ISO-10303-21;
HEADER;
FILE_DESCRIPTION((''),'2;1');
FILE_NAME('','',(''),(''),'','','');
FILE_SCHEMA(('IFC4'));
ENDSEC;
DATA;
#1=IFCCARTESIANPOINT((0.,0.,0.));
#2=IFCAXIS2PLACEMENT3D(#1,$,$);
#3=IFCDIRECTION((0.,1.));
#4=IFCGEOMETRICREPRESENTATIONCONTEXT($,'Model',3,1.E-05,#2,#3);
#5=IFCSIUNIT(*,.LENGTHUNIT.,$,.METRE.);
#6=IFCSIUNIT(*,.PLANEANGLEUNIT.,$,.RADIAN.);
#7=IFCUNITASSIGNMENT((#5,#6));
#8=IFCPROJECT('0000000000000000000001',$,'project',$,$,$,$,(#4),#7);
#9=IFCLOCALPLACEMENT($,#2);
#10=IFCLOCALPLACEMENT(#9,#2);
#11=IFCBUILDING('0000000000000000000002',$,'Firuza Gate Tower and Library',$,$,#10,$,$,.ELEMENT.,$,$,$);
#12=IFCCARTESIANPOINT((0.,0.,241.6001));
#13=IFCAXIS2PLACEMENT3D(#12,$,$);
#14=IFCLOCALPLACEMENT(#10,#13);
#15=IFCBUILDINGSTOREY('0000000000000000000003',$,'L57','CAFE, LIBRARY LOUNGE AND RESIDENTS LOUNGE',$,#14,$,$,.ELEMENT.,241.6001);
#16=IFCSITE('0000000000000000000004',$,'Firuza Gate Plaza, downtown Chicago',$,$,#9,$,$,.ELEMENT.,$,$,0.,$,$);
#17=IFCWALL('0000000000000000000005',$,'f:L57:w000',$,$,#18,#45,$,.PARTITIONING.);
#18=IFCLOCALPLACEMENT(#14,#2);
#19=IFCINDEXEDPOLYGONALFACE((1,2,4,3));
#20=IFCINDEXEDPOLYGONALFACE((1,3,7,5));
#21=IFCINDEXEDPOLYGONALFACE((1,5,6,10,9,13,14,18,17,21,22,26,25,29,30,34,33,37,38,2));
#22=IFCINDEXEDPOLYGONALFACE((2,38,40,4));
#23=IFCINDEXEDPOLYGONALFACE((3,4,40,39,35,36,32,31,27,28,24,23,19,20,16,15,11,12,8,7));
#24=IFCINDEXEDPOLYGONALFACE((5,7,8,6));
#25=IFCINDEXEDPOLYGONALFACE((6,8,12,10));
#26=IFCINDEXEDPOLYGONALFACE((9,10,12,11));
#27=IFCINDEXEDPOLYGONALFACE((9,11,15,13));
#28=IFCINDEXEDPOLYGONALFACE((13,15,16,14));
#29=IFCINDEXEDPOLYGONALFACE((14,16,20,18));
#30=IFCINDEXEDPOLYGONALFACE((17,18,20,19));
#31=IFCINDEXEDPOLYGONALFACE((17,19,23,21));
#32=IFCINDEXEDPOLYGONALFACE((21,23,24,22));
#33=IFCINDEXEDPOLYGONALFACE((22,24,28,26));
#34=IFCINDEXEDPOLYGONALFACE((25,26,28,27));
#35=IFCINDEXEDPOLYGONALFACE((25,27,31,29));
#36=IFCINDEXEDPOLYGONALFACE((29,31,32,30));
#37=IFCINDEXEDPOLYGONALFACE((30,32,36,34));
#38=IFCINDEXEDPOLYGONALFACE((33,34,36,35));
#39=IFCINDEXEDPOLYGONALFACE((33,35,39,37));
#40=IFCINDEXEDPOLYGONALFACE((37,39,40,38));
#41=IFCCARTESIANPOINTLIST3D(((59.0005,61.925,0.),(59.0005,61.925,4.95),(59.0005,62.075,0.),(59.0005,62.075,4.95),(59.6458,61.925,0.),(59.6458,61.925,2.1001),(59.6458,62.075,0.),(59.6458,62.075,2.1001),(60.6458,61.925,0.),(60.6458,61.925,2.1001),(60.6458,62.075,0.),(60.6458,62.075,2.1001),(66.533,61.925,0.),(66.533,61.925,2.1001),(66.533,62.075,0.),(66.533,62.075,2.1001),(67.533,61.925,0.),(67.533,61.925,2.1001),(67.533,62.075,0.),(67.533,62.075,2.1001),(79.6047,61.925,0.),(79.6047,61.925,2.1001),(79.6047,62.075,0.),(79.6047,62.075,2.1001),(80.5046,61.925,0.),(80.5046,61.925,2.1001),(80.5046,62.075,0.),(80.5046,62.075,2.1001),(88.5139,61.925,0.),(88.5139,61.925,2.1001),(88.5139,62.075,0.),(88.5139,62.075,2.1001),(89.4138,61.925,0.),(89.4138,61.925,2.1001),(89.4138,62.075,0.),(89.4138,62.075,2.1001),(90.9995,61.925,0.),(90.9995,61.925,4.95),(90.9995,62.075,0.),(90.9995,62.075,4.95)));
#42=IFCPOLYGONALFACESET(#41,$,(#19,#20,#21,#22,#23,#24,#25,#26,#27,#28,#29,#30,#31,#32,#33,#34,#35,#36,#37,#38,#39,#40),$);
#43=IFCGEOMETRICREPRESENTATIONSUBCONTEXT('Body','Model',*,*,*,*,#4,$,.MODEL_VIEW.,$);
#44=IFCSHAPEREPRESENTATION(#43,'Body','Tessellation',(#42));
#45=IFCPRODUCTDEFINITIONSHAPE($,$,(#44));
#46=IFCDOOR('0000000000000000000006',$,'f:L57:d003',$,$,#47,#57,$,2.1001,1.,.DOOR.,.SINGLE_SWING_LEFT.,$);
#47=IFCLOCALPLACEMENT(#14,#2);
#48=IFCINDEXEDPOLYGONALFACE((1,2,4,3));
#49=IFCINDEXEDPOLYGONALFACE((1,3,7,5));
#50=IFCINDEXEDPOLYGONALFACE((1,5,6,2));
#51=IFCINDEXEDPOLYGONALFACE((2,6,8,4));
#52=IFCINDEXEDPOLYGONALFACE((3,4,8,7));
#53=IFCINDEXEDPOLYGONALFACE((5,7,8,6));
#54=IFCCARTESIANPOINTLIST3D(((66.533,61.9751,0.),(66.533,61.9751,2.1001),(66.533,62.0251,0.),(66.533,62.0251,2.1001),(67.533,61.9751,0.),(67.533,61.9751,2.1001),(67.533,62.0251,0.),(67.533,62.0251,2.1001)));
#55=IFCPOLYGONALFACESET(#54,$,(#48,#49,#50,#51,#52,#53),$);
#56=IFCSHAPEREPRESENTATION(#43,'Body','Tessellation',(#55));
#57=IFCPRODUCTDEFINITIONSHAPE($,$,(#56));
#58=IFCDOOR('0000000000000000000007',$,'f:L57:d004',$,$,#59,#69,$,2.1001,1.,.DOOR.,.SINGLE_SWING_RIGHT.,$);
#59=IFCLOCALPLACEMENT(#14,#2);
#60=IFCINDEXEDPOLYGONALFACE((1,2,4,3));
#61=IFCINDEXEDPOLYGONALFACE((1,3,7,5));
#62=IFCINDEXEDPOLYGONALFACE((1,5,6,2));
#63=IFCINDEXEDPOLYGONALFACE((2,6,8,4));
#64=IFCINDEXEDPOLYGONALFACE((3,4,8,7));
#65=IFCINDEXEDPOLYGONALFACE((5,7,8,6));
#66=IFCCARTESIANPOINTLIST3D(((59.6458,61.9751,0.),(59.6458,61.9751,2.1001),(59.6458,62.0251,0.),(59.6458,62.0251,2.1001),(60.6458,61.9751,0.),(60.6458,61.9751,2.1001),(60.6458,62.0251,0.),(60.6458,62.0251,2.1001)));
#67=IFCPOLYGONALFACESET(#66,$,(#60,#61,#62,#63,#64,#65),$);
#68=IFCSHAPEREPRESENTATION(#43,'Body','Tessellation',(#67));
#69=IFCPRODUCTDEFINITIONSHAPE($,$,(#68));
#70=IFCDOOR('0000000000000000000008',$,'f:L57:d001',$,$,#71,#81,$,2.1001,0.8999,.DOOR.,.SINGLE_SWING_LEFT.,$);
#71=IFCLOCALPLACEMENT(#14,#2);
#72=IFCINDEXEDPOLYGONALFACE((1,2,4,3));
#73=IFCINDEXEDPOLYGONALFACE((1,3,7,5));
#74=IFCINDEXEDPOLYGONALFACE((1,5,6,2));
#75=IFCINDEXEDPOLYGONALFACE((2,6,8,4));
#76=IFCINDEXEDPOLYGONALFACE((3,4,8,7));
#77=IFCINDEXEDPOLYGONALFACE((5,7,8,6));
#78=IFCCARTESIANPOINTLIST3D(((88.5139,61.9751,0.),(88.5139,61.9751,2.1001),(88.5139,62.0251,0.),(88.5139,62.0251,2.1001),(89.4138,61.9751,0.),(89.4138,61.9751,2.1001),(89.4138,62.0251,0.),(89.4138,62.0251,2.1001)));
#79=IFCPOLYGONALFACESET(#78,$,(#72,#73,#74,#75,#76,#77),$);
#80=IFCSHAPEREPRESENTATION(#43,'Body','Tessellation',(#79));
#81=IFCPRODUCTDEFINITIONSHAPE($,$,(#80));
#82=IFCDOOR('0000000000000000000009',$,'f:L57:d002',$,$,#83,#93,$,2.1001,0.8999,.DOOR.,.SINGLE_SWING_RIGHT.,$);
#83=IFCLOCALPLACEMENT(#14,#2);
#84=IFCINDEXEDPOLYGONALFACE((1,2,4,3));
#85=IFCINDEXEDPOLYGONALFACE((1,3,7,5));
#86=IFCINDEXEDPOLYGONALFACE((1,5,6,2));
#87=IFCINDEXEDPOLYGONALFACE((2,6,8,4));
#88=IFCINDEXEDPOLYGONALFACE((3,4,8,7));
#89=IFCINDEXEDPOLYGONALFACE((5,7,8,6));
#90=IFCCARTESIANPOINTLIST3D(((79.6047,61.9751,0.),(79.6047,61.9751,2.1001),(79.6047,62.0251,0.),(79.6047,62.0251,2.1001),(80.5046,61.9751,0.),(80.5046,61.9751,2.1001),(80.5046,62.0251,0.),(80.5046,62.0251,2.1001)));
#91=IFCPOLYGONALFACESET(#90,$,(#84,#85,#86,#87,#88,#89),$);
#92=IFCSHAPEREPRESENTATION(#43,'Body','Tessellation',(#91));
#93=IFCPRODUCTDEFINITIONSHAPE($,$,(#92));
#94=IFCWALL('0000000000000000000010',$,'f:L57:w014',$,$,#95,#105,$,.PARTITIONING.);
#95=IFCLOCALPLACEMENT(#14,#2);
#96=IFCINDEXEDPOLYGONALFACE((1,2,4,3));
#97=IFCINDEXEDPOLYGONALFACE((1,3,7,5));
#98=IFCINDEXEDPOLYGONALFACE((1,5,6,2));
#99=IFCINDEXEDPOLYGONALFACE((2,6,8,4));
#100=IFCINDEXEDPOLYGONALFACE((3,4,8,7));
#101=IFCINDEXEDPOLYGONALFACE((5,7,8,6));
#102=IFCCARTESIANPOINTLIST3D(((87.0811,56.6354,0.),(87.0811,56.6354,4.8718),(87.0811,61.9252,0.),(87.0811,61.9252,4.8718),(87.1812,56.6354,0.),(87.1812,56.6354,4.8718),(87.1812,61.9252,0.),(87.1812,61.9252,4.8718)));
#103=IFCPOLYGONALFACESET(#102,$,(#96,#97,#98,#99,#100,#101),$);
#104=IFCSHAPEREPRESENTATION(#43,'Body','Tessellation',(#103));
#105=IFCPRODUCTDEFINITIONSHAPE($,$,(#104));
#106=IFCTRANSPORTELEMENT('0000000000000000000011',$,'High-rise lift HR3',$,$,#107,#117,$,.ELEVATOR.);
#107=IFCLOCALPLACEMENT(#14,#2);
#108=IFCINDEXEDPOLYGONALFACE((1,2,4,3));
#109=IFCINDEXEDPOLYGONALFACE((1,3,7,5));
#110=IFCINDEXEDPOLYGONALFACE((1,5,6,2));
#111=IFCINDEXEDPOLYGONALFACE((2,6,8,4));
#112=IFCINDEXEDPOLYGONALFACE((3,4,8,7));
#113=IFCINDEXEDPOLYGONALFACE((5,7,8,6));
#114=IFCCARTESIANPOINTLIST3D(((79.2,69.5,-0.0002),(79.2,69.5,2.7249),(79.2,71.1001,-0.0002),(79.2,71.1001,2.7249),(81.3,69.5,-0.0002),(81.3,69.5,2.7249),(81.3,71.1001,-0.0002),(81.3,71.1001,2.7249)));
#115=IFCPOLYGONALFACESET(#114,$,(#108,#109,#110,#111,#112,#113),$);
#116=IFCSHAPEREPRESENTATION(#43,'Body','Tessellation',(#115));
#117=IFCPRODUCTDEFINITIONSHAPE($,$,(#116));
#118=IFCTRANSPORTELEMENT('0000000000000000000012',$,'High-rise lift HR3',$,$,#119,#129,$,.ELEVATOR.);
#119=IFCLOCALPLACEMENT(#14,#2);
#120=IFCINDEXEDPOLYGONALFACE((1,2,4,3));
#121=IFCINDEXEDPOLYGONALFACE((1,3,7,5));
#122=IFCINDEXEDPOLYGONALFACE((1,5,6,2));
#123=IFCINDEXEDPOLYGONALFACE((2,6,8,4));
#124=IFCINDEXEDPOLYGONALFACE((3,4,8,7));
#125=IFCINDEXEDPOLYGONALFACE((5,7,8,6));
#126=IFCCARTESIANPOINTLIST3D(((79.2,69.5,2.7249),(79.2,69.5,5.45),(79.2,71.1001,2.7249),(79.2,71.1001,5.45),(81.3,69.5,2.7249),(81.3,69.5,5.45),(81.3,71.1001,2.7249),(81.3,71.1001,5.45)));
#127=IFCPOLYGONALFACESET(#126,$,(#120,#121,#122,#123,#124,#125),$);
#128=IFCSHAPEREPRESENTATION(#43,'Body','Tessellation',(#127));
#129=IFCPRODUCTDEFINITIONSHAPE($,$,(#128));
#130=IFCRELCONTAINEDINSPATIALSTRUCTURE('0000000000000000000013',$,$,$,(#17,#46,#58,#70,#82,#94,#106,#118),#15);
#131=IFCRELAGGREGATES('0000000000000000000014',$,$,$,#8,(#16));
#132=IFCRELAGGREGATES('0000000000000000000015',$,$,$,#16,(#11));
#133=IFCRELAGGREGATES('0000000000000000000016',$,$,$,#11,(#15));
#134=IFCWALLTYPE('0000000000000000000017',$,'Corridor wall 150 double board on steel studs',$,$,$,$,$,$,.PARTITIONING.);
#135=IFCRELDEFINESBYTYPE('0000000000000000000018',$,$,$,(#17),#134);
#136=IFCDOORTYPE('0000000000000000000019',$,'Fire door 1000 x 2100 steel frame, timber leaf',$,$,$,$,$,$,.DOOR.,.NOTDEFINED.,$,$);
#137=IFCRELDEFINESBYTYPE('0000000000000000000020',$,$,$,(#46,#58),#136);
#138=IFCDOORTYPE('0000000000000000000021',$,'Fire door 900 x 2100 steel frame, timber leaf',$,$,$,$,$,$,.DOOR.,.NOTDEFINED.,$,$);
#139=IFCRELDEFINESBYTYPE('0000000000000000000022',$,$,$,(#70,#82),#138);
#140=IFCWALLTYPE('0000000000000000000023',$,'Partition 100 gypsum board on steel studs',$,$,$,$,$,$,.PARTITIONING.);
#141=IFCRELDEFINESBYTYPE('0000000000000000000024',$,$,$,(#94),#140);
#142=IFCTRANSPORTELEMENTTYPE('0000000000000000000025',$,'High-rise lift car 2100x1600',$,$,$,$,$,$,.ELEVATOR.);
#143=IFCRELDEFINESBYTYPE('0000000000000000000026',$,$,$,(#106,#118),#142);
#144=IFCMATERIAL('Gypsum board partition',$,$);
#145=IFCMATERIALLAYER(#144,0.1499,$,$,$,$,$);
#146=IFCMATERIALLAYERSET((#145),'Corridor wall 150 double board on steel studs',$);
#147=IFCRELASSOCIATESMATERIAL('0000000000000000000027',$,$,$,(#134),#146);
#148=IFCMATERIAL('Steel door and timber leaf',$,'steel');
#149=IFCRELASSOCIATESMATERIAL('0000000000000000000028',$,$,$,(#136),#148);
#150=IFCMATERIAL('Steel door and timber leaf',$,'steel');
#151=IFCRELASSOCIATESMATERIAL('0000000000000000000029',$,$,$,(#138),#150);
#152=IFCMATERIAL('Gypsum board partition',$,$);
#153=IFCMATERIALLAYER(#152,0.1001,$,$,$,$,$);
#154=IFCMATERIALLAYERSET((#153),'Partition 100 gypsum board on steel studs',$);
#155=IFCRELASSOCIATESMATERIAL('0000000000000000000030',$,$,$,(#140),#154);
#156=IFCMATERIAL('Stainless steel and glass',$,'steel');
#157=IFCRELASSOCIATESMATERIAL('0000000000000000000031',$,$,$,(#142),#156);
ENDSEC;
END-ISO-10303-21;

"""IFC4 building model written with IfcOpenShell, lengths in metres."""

from ifc_helpers import new_model, si_unit, direction, frame, frame_2d, origin, origin_2d, place, context, subcontext, project, spatial, rectangle, extrude, material, layer, layer_set, type_object, element, fill, save


model = new_model("IFC4")

# Units and contexts
model_context = context("Model", 3, precision=1e-05, world=origin(), true_north=direction((0.0, 1.0)))
body_context = subcontext(model_context, "Body", "Model", "MODEL_VIEW")
ifc_project = project(units=[si_unit("LENGTHUNIT", "METRE"), si_unit("PLANEANGLEUNIT", "RADIAN")], contexts=[model_context])

# Site, building, storey
site_placement = place(None, origin())
site = spatial("IfcSite", under=ifc_project, at=site_placement, Name="Firuza Gate Plaza, downtown Chicago", CompositionType="ELEMENT", RefElevation=0.0)
building_placement = place(site_placement, origin())
building = spatial("IfcBuilding", under=site, at=building_placement, Name="Firuza Gate Tower and Library", CompositionType="ELEMENT")
storey_placement = place(building_placement, frame((0.0, 0.0, 241.6001)))
storey = spatial("IfcBuildingStorey", under=building, at=storey_placement, Name="L57", Description="CAFE, LIBRARY LOUNGE AND RESIDENTS LOUNGE", CompositionType="ELEMENT", Elevation=241.6001)

# Wall, openings, doors
ifc_material_1 = material(Name="Gypsum board partition")
ifc_layer_1 = layer(ifc_material_1, 0.1499)
ifc_layer_set_1 = layer_set([ifc_layer_1], Name="Corridor wall 150 double board on steel studs")
wall_type_1 = type_object("IfcWallType", Name="Corridor wall 150 double board on steel studs", PredefinedType="PARTITIONING", material=ifc_layer_set_1)
wall_1_placement = place(storey_placement, frame((90.9995, 62.0, 0.0), z_axis=(0.0, 0.0, 1.0), x_axis=(-1.0, 0.0, 0.0)))
wall_1 = element("IfcWall", 1, at=wall_1_placement, inside=storey, type_object=wall_type_1, Name="f:L57:w000", PredefinedType="PARTITIONING", context=body_context, shape_type="SweptSolid", body=[
    extrude(rectangle(XDim=31.999, YDim=0.1499, at=frame_2d((15.9995, 0.0))), origin(), (0.0, 0.0, 1.0), 4.95),
])
opening_1_placement = place(wall_1_placement, frame((1.5857, 0.0, 0.0)))
opening_1 = element("IfcOpeningElement", 2, at=opening_1_placement, cuts=wall_1, PredefinedType="OPENING", context=body_context, shape_type="SweptSolid", body=[
    extrude(rectangle(XDim=0.8999, YDim=2.1001, at=frame_2d((0.45, 1.05))), frame((0.0, 0.085, 0.0), z_axis=(0.0, -1.0, 0.0), x_axis=(1.0, 0.0, 0.0)), (0.0, 0.0, 1.0), 0.1699),
])
opening_2_placement = place(wall_1_placement, frame((10.4949, 0.0, 0.0)))
opening_2 = element("IfcOpeningElement", 3, at=opening_2_placement, cuts=wall_1, PredefinedType="OPENING", context=body_context, shape_type="SweptSolid", body=[
    extrude(rectangle(XDim=0.8999, YDim=2.1001, at=frame_2d((0.45, 1.05))), frame((0.0, 0.085, 0.0), z_axis=(0.0, -1.0, 0.0), x_axis=(1.0, 0.0, 0.0)), (0.0, 0.0, 1.0), 0.1699),
])
opening_3_placement = place(wall_1_placement, frame((23.4666, 0.0, 0.0)))
opening_3 = element("IfcOpeningElement", 4, at=opening_3_placement, cuts=wall_1, PredefinedType="OPENING", context=body_context, shape_type="SweptSolid", body=[
    extrude(rectangle(XDim=1.0, YDim=2.1001, at=frame_2d((0.5, 1.05))), frame((0.0, 0.085, 0.0), z_axis=(0.0, -1.0, 0.0), x_axis=(1.0, 0.0, 0.0)), (0.0, 0.0, 1.0), 0.1699),
])
opening_4_placement = place(wall_1_placement, frame((30.3538, 0.0, 0.0)))
opening_4 = element("IfcOpeningElement", 5, at=opening_4_placement, cuts=wall_1, PredefinedType="OPENING", context=body_context, shape_type="SweptSolid", body=[
    extrude(rectangle(XDim=1.0, YDim=2.1001, at=frame_2d((0.5, 1.05))), frame((0.0, 0.085, 0.0), z_axis=(0.0, -1.0, 0.0), x_axis=(1.0, 0.0, 0.0)), (0.0, 0.0, 1.0), 0.1699),
])
ifc_material_2 = material(Name="Steel door and timber leaf", Category="steel")
door_type_1 = type_object("IfcDoorType", Name="Fire door 1000 x 2100 steel frame, timber leaf", OperationType="NOTDEFINED", PredefinedType="DOOR", material=ifc_material_2)
door_1_placement = place(opening_3_placement, origin())
door_1 = element("IfcDoor", 6, at=door_1_placement, inside=storey, type_object=door_type_1, Name="f:L57:d003", OperationType="SINGLE_SWING_LEFT", OverallHeight=2.1001, OverallWidth=1.0, PredefinedType="DOOR", context=body_context, shape_type="SweptSolid", body=[
    extrude(rectangle(XDim=1.0, YDim=2.1001, at=frame_2d((0.5, 1.05))), frame((0.0, 0.0249, 0.0), z_axis=(0.0, -1.0, 0.0), x_axis=(1.0, 0.0, 0.0)), (0.0, 0.0, 1.0), 0.05),
])
fill(opening_3, door_1)
door_2_placement = place(opening_4_placement, origin())
door_2 = element("IfcDoor", 7, at=door_2_placement, inside=storey, type_object=door_type_1, Name="f:L57:d004", OperationType="SINGLE_SWING_RIGHT", OverallHeight=2.1001, OverallWidth=1.0, PredefinedType="DOOR", context=body_context, shape_type="SweptSolid", body=[
    extrude(rectangle(XDim=1.0, YDim=2.1001, at=frame_2d((0.5, 1.05))), frame((0.0, 0.0249, 0.0), z_axis=(0.0, -1.0, 0.0), x_axis=(1.0, 0.0, 0.0)), (0.0, 0.0, 1.0), 0.05),
])
fill(opening_4, door_2)
ifc_material_3 = material(Name="Steel door and timber leaf", Category="steel")
door_type_2 = type_object("IfcDoorType", Name="Fire door 900 x 2100 steel frame, timber leaf", OperationType="NOTDEFINED", PredefinedType="DOOR", material=ifc_material_3)
door_3_placement = place(opening_1_placement, origin())
door_3 = element("IfcDoor", 8, at=door_3_placement, inside=storey, type_object=door_type_2, Name="f:L57:d001", OperationType="SINGLE_SWING_LEFT", OverallHeight=2.1001, OverallWidth=0.8999, PredefinedType="DOOR", context=body_context, shape_type="SweptSolid", body=[
    extrude(rectangle(XDim=0.8999, YDim=2.1001, at=frame_2d((0.45, 1.05))), frame((0.0, 0.0249, 0.0), z_axis=(0.0, -1.0, 0.0), x_axis=(1.0, 0.0, 0.0)), (0.0, 0.0, 1.0), 0.05),
])
fill(opening_1, door_3)
door_4_placement = place(opening_2_placement, origin())
door_4 = element("IfcDoor", 9, at=door_4_placement, inside=storey, type_object=door_type_2, Name="f:L57:d002", OperationType="SINGLE_SWING_RIGHT", OverallHeight=2.1001, OverallWidth=0.8999, PredefinedType="DOOR", context=body_context, shape_type="SweptSolid", body=[
    extrude(rectangle(XDim=0.8999, YDim=2.1001, at=frame_2d((0.45, 1.05))), frame((0.0, 0.0249, 0.0), z_axis=(0.0, -1.0, 0.0), x_axis=(1.0, 0.0, 0.0)), (0.0, 0.0, 1.0), 0.05),
])
fill(opening_2, door_4)

# Wall
ifc_material_4 = material(Name="Gypsum board partition")
ifc_layer_2 = layer(ifc_material_4, 0.1001)
ifc_layer_set_2 = layer_set([ifc_layer_2], Name="Partition 100 gypsum board on steel studs")
wall_type_2 = type_object("IfcWallType", Name="Partition 100 gypsum board on steel studs", PredefinedType="PARTITIONING", material=ifc_layer_set_2)
wall_2_placement = place(storey_placement, frame((87.1311, 56.6353, 0.0), z_axis=(0.0, 0.0, 1.0), x_axis=(0.0, 1.0, 0.0)))
element("IfcWall", 10, at=wall_2_placement, inside=storey, type_object=wall_type_2, Name="f:L57:w014", PredefinedType="PARTITIONING", context=body_context, shape_type="SweptSolid", body=[
    extrude(rectangle(XDim=5.2898, YDim=0.1001, at=frame_2d((2.645, 0.0))), origin(), (0.0, 0.0, 1.0), 4.8718),
])

# Transport elements
ifc_material_5 = material(Name="Stainless steel and glass", Category="steel")
transport_element_type = type_object("IfcTransportElementType", Name="High-rise lift car 2100x1600", PredefinedType="ELEVATOR", material=ifc_material_5)
for number, where, z_axis, x_axis, name in (
    (11, (80.25, 70.3, -0.0002), (0.0, 0.0, 1.0), (1.0, 0.0, 0.0), "High-rise lift HR3"),
    (12, (80.25, 70.3, 2.7249), (0.0, 0.0, 1.0), (1.0, 0.0, 0.0), "High-rise lift HR3"),
):
    element("IfcTransportElement", number, at=place(storey_placement, frame(where, z_axis=z_axis, x_axis=x_axis)), inside=storey, type_object=transport_element_type, Name=name, PredefinedType="ELEVATOR", context=body_context, shape_type="SweptSolid", body=[
        extrude(rectangle(XDim=2.1001, YDim=1.6001, at=origin_2d()), origin(), (0.0, 0.0, 1.0), 2.7251),
    ])

save(model, "model.ifc")
